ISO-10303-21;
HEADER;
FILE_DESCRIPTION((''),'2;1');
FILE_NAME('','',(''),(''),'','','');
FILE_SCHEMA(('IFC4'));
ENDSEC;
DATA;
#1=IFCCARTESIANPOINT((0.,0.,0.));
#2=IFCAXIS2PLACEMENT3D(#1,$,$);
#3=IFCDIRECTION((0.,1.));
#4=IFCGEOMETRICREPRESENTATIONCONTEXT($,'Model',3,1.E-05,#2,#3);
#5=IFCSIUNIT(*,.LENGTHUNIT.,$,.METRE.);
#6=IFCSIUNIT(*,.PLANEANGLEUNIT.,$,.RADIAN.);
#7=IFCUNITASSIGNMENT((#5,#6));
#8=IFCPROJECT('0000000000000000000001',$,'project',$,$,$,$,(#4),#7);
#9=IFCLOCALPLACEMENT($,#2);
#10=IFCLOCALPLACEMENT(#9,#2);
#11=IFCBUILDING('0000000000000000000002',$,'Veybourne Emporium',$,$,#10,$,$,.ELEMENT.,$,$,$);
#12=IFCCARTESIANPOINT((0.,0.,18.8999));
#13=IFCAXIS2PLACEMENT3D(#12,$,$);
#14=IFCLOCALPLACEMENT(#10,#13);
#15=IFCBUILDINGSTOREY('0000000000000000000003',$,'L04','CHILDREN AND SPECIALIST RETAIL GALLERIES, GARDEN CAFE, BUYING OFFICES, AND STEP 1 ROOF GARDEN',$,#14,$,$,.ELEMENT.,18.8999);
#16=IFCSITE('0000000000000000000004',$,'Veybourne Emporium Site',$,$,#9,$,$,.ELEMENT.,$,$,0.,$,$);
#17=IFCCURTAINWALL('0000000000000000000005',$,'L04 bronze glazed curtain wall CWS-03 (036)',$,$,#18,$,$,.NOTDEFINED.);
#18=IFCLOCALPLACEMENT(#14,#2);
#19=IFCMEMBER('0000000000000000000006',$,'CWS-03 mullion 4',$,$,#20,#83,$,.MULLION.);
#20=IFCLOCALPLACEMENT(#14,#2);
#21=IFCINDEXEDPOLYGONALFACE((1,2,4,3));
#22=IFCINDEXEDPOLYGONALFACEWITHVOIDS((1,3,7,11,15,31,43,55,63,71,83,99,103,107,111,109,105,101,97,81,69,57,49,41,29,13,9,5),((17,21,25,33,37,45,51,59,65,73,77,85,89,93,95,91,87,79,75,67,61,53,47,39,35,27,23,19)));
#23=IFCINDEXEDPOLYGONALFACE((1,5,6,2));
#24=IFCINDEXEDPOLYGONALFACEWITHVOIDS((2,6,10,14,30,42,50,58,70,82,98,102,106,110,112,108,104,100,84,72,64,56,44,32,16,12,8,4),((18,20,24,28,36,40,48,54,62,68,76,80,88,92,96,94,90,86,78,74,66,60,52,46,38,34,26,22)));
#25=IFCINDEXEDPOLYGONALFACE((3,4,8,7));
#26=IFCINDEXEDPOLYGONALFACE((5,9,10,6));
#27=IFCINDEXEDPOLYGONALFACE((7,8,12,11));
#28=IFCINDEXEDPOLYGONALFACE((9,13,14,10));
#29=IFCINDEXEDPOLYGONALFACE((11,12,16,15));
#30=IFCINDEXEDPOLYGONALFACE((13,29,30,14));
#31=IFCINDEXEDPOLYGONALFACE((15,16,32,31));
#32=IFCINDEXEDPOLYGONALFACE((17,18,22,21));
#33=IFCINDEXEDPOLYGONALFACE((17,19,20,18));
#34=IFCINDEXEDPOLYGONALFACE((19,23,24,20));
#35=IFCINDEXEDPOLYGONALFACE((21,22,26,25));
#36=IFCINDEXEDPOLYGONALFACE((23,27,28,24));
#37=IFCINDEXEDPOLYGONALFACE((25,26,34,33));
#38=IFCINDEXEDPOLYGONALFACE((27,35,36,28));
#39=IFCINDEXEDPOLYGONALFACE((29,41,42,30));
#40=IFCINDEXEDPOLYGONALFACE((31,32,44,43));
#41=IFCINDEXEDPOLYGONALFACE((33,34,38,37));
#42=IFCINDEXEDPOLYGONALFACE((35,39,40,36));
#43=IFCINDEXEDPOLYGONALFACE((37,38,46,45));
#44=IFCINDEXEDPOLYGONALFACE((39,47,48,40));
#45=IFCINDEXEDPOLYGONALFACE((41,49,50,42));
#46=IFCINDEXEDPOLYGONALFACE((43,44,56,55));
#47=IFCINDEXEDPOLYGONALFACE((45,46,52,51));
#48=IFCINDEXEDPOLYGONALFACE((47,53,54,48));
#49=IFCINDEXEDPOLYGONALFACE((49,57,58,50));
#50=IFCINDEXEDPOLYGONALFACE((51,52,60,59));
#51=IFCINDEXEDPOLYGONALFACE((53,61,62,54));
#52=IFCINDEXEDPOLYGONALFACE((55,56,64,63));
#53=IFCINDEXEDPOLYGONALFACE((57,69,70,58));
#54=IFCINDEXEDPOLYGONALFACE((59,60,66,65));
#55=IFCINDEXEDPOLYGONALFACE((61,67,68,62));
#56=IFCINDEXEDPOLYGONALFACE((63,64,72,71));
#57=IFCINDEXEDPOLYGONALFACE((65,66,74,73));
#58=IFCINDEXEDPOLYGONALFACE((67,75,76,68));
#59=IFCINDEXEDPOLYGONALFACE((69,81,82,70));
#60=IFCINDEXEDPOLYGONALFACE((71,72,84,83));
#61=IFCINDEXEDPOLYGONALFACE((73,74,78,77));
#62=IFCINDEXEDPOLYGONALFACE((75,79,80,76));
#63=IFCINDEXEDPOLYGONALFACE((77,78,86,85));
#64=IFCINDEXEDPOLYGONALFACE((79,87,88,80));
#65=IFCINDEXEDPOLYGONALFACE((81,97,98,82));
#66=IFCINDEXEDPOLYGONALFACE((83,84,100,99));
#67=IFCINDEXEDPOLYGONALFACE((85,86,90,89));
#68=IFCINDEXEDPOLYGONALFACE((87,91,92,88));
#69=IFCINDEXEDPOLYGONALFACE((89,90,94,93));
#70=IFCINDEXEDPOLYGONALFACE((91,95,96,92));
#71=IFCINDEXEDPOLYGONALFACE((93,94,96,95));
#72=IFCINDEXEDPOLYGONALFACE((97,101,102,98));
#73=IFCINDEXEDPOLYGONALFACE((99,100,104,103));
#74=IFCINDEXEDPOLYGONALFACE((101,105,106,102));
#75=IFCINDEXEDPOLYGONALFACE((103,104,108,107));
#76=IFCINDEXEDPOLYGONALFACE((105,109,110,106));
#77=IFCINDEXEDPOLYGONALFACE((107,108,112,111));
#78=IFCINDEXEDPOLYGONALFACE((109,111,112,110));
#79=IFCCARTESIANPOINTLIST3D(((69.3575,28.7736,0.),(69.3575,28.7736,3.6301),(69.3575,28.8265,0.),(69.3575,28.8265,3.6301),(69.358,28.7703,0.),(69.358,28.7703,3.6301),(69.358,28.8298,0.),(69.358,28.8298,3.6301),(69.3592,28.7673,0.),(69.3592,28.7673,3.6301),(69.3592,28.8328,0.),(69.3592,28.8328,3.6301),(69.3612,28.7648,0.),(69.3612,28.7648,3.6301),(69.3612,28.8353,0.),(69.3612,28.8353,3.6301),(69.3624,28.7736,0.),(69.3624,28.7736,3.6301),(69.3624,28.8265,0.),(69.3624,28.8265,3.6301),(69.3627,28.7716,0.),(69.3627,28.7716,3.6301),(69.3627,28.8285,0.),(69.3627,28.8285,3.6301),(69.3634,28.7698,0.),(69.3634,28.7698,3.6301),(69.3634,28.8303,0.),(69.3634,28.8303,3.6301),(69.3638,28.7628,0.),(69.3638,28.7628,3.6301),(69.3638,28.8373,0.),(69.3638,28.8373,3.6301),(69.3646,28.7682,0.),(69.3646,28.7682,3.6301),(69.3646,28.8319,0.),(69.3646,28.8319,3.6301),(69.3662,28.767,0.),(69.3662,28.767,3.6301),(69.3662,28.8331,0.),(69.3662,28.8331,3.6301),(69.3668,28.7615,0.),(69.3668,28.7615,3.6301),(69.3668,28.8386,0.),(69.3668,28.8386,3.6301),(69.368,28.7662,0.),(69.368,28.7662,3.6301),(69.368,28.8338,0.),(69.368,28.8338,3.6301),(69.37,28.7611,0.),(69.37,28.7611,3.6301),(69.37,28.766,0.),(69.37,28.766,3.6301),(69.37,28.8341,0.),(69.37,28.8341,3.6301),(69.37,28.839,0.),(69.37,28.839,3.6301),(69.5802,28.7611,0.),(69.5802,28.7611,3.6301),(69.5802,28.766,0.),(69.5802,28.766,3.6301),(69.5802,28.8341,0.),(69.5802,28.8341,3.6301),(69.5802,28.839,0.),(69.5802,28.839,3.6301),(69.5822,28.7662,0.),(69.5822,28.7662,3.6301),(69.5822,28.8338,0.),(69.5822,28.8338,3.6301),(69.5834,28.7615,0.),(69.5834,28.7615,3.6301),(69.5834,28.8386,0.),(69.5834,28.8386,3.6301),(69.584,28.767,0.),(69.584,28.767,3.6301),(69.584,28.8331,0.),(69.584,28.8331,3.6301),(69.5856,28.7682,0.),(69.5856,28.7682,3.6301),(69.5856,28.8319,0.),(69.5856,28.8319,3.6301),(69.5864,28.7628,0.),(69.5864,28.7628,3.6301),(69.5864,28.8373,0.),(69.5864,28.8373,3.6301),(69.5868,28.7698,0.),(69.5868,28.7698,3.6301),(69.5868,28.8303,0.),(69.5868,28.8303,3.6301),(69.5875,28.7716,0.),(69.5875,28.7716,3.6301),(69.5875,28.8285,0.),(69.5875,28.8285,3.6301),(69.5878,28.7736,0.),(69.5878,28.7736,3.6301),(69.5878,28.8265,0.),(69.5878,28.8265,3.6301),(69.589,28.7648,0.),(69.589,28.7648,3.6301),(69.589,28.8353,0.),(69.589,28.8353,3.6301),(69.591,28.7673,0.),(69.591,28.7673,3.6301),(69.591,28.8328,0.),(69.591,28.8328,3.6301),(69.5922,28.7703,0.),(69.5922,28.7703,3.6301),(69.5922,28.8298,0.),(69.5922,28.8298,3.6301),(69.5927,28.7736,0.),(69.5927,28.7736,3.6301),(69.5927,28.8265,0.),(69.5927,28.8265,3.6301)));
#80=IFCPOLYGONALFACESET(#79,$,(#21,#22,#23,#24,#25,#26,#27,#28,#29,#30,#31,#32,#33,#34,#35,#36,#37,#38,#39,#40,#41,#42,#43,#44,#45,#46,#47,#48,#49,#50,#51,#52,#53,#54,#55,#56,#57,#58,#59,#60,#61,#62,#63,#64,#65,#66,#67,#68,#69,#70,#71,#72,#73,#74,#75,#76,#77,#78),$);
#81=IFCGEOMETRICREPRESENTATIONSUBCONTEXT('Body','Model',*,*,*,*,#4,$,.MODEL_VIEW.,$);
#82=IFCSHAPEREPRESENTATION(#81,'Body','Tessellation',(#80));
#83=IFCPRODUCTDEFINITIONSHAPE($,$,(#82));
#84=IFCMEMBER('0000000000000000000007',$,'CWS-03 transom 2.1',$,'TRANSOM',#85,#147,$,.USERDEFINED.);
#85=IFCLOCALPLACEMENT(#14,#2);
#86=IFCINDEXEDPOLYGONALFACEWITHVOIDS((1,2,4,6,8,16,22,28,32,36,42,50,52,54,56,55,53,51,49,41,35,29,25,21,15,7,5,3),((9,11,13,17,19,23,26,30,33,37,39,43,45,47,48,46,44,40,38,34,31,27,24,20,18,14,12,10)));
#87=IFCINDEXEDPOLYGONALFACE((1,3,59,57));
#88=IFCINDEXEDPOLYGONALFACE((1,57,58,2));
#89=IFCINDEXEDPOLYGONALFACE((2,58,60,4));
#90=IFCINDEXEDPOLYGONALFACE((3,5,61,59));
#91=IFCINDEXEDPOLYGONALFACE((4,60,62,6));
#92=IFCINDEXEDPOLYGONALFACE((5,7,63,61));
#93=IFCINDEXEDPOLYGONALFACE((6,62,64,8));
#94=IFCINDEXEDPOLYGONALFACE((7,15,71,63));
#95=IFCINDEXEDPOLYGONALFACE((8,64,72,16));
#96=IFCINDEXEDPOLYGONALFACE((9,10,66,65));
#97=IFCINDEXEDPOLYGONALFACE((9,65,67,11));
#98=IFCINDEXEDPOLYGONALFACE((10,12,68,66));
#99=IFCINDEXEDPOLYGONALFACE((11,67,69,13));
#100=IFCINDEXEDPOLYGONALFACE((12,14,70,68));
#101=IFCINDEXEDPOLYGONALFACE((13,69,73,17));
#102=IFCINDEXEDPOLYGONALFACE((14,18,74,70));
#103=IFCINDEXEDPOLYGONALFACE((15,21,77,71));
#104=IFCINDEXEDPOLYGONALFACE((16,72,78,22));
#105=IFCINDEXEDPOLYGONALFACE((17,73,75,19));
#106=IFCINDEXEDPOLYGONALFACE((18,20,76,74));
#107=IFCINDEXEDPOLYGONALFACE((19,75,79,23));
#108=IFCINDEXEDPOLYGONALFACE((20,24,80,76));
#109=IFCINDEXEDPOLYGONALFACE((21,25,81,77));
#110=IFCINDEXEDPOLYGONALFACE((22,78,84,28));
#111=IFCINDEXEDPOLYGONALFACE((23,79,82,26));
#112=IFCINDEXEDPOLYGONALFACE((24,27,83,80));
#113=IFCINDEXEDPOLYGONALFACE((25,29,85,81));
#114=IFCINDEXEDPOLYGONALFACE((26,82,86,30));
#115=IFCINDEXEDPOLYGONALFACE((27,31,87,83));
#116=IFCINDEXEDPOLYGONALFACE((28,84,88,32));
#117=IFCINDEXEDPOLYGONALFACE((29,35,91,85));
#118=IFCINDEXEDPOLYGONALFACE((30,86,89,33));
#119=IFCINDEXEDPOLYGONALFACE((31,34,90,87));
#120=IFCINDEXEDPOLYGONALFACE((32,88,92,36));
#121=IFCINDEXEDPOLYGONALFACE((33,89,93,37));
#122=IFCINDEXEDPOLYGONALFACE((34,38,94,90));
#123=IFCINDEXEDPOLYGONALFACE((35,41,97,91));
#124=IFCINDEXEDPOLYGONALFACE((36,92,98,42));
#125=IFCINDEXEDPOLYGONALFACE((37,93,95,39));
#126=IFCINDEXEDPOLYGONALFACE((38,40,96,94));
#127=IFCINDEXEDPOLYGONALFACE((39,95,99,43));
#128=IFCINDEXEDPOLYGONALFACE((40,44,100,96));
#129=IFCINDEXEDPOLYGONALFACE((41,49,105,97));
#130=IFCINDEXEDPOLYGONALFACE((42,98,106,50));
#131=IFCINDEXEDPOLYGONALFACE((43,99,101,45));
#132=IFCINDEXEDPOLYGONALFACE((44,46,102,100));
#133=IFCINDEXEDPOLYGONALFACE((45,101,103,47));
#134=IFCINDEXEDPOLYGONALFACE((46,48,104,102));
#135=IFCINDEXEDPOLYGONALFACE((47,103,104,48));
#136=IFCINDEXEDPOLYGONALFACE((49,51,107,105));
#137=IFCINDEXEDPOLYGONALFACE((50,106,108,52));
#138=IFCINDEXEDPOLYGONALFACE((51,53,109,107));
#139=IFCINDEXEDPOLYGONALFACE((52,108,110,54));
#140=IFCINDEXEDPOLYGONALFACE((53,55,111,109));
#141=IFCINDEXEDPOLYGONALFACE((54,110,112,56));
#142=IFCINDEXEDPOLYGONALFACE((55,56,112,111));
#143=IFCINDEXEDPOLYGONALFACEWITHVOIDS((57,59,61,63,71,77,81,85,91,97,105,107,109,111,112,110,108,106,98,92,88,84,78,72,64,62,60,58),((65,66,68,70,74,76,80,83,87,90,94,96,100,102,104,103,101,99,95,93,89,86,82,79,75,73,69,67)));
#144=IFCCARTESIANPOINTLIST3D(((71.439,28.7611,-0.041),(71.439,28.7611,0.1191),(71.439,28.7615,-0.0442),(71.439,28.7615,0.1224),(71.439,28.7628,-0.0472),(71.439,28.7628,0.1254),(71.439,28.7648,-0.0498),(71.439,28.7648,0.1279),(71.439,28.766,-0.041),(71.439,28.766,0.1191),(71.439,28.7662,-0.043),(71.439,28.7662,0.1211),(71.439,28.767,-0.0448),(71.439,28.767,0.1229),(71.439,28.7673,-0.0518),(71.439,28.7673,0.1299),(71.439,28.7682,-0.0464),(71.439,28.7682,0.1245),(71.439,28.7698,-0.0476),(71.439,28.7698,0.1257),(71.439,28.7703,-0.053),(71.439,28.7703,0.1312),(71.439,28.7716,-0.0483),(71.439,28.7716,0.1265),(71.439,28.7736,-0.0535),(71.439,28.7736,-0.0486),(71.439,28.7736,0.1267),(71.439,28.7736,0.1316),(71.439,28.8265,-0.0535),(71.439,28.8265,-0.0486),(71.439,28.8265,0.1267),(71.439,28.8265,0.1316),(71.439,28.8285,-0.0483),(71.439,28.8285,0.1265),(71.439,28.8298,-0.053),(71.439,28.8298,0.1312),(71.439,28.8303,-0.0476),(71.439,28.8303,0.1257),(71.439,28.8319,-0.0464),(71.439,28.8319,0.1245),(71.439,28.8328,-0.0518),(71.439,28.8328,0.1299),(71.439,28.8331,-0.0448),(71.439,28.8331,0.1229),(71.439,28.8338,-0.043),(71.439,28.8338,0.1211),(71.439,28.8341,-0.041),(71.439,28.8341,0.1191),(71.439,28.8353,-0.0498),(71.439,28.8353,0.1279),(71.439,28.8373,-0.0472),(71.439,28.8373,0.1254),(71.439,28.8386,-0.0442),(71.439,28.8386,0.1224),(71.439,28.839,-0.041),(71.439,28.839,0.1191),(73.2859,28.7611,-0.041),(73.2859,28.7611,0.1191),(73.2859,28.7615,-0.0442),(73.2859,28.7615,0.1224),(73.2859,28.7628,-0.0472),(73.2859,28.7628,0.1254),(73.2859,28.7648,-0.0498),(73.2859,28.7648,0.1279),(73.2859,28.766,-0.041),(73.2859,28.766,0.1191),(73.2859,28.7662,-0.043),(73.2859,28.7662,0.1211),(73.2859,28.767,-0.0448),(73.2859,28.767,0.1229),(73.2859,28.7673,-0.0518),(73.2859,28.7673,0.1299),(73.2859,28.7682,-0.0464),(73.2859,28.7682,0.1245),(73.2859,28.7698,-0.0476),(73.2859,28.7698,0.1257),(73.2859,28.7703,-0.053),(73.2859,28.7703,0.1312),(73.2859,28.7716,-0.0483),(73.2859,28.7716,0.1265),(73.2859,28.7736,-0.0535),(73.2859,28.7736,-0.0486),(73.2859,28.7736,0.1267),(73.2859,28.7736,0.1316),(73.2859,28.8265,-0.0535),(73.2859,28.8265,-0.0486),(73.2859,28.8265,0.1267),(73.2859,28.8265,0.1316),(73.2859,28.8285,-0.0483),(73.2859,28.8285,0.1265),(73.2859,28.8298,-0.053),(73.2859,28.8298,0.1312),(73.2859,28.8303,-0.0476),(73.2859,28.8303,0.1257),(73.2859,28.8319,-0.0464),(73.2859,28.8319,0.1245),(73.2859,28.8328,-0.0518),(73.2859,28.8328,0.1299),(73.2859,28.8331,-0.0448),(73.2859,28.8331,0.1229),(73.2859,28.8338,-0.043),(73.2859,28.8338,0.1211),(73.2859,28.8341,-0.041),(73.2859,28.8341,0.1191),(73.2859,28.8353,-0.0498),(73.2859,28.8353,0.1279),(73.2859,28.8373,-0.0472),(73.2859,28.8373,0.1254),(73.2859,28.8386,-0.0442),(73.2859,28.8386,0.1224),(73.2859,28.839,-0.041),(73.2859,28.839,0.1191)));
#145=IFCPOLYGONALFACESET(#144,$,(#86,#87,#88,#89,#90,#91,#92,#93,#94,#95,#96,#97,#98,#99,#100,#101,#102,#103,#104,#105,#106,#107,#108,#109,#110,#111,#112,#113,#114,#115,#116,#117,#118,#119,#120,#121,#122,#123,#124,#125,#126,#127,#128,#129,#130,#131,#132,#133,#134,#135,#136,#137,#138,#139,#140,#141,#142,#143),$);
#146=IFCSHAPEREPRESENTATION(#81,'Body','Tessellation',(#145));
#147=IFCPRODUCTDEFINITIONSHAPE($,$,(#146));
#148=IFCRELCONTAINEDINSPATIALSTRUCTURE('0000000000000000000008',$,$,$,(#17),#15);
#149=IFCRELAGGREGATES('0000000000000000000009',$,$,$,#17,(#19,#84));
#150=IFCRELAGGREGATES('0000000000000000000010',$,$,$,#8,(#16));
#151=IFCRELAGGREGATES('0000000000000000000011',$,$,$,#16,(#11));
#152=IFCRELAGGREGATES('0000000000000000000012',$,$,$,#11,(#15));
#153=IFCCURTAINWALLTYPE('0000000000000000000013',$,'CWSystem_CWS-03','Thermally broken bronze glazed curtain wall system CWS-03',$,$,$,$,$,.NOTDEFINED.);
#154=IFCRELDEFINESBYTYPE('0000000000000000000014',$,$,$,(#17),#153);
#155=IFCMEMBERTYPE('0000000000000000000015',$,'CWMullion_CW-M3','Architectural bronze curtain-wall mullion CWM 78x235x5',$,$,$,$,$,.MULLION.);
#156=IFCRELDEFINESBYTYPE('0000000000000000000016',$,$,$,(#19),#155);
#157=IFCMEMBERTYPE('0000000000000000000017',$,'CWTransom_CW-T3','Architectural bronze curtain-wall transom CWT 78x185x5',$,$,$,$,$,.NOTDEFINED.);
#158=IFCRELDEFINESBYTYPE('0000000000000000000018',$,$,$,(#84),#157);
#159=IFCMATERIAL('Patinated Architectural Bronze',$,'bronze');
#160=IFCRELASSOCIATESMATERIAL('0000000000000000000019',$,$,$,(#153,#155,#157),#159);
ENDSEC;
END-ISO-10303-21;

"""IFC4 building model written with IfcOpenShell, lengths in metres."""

from ifc_helpers import new_model, si_unit, direction, frame, origin, origin_2d, place, context, subcontext, project, spatial, hollow_rectangle, extrude, material, material_profile, profile_set, type_object, element, aggregate, save


model = new_model("IFC4")

# Units and contexts
model_context = context("Model", 3, precision=1e-05, world=origin(), true_north=direction((0.0, 1.0)))
body_context = subcontext(model_context, "Body", "Model", "MODEL_VIEW")
ifc_project = project(units=[si_unit("LENGTHUNIT", "METRE"), si_unit("PLANEANGLEUNIT", "RADIAN")], contexts=[model_context])

# Site, building, storey
site_placement = place(None, origin())
site = spatial("IfcSite", under=ifc_project, at=site_placement, Name="Veybourne Emporium Site", CompositionType="ELEMENT", RefElevation=0.0)
building_placement = place(site_placement, origin())
building = spatial("IfcBuilding", under=site, at=building_placement, Name="Veybourne Emporium", CompositionType="ELEMENT")
storey_placement = place(building_placement, frame((0.0, 0.0, 18.8999)))
storey = spatial("IfcBuildingStorey", under=building, at=storey_placement, Name="L04", Description="CHILDREN AND SPECIALIST RETAIL GALLERIES, GARDEN CAFE, BUYING OFFICES, AND STEP 1 ROOF GARDEN", CompositionType="ELEMENT", Elevation=18.8999)

# Curtain wall, members
ifc_material_1 = material(Name="Patinated Architectural Bronze", Category="bronze")
curtain_wall_type = type_object("IfcCurtainWallType", Name="CWSystem_CWS-03", Description="Thermally broken bronze glazed curtain wall system CWS-03", PredefinedType="NOTDEFINED", material=ifc_material_1)
curtain_wall_placement = place(storey_placement, origin())
curtain_wall = element("IfcCurtainWall", 1, at=curtain_wall_placement, inside=storey, type_object=curtain_wall_type, Name="L04 bronze glazed curtain wall CWS-03 (036)", PredefinedType="NOTDEFINED")
ifc_material_profile_1 = material_profile(ifc_material_1, hollow_rectangle(XDim=0.0779, YDim=0.2351, WallThickness=0.0049, InnerFilletRadius=0.0076, OuterFilletRadius=0.0125, at=origin_2d()), Name="CWM 78x235x5")
ifc_profile_set_1 = profile_set([ifc_material_profile_1], Name="Patinated Architectural Bronze")
member_type_1 = type_object("IfcMemberType", Name="CWMullion_CW-M3", Description="Architectural bronze curtain-wall mullion CWM 78x235x5", PredefinedType="MULLION", material=ifc_profile_set_1)
member_1_placement = place(storey_placement, frame((69.4751, 28.8, 0.0), z_axis=(0.0, 0.0, 1.0), x_axis=(0.0, -1.0, 0.0)))
member_1 = element("IfcMember", 2, at=member_1_placement, type_object=member_type_1, Name="CWS-03 mullion 4", PredefinedType="MULLION", context=body_context, shape_type="SweptSolid", body=[
    extrude(hollow_rectangle(XDim=0.0779, YDim=0.2351, WallThickness=0.0049, InnerFilletRadius=0.0076, OuterFilletRadius=0.0125, at=origin_2d()), origin(), (0.0, 0.0, 1.0), 3.6301),
])
ifc_material_profile_2 = material_profile(ifc_material_1, hollow_rectangle(XDim=0.0779, YDim=0.1851, WallThickness=0.0049, InnerFilletRadius=0.0076, OuterFilletRadius=0.0125, at=origin_2d()), Name="CWT 78x185x5")
ifc_profile_set_2 = profile_set([ifc_material_profile_2], Name="Patinated Architectural Bronze")
member_type_2 = type_object("IfcMemberType", Name="CWTransom_CW-T3", Description="Architectural bronze curtain-wall transom CWT 78x185x5", PredefinedType="NOTDEFINED", material=ifc_profile_set_2)
member_2_placement = place(storey_placement, frame((73.2859, 28.8, 0.0391), z_axis=(-1.0, 0.0, 0.0), x_axis=(0.0, -1.0, 0.0)))
member_2 = element("IfcMember", 3, at=member_2_placement, type_object=member_type_2, Name="CWS-03 transom 2.1", ObjectType="TRANSOM", PredefinedType="USERDEFINED", context=body_context, shape_type="SweptSolid", body=[
    extrude(hollow_rectangle(XDim=0.0779, YDim=0.1851, WallThickness=0.0049, InnerFilletRadius=0.0076, OuterFilletRadius=0.0125, at=origin_2d()), origin(), (0.0, 0.0, 1.0), 1.8469),
])
aggregate(curtain_wall, [member_1, member_2])

save(model, "model.ifc")
